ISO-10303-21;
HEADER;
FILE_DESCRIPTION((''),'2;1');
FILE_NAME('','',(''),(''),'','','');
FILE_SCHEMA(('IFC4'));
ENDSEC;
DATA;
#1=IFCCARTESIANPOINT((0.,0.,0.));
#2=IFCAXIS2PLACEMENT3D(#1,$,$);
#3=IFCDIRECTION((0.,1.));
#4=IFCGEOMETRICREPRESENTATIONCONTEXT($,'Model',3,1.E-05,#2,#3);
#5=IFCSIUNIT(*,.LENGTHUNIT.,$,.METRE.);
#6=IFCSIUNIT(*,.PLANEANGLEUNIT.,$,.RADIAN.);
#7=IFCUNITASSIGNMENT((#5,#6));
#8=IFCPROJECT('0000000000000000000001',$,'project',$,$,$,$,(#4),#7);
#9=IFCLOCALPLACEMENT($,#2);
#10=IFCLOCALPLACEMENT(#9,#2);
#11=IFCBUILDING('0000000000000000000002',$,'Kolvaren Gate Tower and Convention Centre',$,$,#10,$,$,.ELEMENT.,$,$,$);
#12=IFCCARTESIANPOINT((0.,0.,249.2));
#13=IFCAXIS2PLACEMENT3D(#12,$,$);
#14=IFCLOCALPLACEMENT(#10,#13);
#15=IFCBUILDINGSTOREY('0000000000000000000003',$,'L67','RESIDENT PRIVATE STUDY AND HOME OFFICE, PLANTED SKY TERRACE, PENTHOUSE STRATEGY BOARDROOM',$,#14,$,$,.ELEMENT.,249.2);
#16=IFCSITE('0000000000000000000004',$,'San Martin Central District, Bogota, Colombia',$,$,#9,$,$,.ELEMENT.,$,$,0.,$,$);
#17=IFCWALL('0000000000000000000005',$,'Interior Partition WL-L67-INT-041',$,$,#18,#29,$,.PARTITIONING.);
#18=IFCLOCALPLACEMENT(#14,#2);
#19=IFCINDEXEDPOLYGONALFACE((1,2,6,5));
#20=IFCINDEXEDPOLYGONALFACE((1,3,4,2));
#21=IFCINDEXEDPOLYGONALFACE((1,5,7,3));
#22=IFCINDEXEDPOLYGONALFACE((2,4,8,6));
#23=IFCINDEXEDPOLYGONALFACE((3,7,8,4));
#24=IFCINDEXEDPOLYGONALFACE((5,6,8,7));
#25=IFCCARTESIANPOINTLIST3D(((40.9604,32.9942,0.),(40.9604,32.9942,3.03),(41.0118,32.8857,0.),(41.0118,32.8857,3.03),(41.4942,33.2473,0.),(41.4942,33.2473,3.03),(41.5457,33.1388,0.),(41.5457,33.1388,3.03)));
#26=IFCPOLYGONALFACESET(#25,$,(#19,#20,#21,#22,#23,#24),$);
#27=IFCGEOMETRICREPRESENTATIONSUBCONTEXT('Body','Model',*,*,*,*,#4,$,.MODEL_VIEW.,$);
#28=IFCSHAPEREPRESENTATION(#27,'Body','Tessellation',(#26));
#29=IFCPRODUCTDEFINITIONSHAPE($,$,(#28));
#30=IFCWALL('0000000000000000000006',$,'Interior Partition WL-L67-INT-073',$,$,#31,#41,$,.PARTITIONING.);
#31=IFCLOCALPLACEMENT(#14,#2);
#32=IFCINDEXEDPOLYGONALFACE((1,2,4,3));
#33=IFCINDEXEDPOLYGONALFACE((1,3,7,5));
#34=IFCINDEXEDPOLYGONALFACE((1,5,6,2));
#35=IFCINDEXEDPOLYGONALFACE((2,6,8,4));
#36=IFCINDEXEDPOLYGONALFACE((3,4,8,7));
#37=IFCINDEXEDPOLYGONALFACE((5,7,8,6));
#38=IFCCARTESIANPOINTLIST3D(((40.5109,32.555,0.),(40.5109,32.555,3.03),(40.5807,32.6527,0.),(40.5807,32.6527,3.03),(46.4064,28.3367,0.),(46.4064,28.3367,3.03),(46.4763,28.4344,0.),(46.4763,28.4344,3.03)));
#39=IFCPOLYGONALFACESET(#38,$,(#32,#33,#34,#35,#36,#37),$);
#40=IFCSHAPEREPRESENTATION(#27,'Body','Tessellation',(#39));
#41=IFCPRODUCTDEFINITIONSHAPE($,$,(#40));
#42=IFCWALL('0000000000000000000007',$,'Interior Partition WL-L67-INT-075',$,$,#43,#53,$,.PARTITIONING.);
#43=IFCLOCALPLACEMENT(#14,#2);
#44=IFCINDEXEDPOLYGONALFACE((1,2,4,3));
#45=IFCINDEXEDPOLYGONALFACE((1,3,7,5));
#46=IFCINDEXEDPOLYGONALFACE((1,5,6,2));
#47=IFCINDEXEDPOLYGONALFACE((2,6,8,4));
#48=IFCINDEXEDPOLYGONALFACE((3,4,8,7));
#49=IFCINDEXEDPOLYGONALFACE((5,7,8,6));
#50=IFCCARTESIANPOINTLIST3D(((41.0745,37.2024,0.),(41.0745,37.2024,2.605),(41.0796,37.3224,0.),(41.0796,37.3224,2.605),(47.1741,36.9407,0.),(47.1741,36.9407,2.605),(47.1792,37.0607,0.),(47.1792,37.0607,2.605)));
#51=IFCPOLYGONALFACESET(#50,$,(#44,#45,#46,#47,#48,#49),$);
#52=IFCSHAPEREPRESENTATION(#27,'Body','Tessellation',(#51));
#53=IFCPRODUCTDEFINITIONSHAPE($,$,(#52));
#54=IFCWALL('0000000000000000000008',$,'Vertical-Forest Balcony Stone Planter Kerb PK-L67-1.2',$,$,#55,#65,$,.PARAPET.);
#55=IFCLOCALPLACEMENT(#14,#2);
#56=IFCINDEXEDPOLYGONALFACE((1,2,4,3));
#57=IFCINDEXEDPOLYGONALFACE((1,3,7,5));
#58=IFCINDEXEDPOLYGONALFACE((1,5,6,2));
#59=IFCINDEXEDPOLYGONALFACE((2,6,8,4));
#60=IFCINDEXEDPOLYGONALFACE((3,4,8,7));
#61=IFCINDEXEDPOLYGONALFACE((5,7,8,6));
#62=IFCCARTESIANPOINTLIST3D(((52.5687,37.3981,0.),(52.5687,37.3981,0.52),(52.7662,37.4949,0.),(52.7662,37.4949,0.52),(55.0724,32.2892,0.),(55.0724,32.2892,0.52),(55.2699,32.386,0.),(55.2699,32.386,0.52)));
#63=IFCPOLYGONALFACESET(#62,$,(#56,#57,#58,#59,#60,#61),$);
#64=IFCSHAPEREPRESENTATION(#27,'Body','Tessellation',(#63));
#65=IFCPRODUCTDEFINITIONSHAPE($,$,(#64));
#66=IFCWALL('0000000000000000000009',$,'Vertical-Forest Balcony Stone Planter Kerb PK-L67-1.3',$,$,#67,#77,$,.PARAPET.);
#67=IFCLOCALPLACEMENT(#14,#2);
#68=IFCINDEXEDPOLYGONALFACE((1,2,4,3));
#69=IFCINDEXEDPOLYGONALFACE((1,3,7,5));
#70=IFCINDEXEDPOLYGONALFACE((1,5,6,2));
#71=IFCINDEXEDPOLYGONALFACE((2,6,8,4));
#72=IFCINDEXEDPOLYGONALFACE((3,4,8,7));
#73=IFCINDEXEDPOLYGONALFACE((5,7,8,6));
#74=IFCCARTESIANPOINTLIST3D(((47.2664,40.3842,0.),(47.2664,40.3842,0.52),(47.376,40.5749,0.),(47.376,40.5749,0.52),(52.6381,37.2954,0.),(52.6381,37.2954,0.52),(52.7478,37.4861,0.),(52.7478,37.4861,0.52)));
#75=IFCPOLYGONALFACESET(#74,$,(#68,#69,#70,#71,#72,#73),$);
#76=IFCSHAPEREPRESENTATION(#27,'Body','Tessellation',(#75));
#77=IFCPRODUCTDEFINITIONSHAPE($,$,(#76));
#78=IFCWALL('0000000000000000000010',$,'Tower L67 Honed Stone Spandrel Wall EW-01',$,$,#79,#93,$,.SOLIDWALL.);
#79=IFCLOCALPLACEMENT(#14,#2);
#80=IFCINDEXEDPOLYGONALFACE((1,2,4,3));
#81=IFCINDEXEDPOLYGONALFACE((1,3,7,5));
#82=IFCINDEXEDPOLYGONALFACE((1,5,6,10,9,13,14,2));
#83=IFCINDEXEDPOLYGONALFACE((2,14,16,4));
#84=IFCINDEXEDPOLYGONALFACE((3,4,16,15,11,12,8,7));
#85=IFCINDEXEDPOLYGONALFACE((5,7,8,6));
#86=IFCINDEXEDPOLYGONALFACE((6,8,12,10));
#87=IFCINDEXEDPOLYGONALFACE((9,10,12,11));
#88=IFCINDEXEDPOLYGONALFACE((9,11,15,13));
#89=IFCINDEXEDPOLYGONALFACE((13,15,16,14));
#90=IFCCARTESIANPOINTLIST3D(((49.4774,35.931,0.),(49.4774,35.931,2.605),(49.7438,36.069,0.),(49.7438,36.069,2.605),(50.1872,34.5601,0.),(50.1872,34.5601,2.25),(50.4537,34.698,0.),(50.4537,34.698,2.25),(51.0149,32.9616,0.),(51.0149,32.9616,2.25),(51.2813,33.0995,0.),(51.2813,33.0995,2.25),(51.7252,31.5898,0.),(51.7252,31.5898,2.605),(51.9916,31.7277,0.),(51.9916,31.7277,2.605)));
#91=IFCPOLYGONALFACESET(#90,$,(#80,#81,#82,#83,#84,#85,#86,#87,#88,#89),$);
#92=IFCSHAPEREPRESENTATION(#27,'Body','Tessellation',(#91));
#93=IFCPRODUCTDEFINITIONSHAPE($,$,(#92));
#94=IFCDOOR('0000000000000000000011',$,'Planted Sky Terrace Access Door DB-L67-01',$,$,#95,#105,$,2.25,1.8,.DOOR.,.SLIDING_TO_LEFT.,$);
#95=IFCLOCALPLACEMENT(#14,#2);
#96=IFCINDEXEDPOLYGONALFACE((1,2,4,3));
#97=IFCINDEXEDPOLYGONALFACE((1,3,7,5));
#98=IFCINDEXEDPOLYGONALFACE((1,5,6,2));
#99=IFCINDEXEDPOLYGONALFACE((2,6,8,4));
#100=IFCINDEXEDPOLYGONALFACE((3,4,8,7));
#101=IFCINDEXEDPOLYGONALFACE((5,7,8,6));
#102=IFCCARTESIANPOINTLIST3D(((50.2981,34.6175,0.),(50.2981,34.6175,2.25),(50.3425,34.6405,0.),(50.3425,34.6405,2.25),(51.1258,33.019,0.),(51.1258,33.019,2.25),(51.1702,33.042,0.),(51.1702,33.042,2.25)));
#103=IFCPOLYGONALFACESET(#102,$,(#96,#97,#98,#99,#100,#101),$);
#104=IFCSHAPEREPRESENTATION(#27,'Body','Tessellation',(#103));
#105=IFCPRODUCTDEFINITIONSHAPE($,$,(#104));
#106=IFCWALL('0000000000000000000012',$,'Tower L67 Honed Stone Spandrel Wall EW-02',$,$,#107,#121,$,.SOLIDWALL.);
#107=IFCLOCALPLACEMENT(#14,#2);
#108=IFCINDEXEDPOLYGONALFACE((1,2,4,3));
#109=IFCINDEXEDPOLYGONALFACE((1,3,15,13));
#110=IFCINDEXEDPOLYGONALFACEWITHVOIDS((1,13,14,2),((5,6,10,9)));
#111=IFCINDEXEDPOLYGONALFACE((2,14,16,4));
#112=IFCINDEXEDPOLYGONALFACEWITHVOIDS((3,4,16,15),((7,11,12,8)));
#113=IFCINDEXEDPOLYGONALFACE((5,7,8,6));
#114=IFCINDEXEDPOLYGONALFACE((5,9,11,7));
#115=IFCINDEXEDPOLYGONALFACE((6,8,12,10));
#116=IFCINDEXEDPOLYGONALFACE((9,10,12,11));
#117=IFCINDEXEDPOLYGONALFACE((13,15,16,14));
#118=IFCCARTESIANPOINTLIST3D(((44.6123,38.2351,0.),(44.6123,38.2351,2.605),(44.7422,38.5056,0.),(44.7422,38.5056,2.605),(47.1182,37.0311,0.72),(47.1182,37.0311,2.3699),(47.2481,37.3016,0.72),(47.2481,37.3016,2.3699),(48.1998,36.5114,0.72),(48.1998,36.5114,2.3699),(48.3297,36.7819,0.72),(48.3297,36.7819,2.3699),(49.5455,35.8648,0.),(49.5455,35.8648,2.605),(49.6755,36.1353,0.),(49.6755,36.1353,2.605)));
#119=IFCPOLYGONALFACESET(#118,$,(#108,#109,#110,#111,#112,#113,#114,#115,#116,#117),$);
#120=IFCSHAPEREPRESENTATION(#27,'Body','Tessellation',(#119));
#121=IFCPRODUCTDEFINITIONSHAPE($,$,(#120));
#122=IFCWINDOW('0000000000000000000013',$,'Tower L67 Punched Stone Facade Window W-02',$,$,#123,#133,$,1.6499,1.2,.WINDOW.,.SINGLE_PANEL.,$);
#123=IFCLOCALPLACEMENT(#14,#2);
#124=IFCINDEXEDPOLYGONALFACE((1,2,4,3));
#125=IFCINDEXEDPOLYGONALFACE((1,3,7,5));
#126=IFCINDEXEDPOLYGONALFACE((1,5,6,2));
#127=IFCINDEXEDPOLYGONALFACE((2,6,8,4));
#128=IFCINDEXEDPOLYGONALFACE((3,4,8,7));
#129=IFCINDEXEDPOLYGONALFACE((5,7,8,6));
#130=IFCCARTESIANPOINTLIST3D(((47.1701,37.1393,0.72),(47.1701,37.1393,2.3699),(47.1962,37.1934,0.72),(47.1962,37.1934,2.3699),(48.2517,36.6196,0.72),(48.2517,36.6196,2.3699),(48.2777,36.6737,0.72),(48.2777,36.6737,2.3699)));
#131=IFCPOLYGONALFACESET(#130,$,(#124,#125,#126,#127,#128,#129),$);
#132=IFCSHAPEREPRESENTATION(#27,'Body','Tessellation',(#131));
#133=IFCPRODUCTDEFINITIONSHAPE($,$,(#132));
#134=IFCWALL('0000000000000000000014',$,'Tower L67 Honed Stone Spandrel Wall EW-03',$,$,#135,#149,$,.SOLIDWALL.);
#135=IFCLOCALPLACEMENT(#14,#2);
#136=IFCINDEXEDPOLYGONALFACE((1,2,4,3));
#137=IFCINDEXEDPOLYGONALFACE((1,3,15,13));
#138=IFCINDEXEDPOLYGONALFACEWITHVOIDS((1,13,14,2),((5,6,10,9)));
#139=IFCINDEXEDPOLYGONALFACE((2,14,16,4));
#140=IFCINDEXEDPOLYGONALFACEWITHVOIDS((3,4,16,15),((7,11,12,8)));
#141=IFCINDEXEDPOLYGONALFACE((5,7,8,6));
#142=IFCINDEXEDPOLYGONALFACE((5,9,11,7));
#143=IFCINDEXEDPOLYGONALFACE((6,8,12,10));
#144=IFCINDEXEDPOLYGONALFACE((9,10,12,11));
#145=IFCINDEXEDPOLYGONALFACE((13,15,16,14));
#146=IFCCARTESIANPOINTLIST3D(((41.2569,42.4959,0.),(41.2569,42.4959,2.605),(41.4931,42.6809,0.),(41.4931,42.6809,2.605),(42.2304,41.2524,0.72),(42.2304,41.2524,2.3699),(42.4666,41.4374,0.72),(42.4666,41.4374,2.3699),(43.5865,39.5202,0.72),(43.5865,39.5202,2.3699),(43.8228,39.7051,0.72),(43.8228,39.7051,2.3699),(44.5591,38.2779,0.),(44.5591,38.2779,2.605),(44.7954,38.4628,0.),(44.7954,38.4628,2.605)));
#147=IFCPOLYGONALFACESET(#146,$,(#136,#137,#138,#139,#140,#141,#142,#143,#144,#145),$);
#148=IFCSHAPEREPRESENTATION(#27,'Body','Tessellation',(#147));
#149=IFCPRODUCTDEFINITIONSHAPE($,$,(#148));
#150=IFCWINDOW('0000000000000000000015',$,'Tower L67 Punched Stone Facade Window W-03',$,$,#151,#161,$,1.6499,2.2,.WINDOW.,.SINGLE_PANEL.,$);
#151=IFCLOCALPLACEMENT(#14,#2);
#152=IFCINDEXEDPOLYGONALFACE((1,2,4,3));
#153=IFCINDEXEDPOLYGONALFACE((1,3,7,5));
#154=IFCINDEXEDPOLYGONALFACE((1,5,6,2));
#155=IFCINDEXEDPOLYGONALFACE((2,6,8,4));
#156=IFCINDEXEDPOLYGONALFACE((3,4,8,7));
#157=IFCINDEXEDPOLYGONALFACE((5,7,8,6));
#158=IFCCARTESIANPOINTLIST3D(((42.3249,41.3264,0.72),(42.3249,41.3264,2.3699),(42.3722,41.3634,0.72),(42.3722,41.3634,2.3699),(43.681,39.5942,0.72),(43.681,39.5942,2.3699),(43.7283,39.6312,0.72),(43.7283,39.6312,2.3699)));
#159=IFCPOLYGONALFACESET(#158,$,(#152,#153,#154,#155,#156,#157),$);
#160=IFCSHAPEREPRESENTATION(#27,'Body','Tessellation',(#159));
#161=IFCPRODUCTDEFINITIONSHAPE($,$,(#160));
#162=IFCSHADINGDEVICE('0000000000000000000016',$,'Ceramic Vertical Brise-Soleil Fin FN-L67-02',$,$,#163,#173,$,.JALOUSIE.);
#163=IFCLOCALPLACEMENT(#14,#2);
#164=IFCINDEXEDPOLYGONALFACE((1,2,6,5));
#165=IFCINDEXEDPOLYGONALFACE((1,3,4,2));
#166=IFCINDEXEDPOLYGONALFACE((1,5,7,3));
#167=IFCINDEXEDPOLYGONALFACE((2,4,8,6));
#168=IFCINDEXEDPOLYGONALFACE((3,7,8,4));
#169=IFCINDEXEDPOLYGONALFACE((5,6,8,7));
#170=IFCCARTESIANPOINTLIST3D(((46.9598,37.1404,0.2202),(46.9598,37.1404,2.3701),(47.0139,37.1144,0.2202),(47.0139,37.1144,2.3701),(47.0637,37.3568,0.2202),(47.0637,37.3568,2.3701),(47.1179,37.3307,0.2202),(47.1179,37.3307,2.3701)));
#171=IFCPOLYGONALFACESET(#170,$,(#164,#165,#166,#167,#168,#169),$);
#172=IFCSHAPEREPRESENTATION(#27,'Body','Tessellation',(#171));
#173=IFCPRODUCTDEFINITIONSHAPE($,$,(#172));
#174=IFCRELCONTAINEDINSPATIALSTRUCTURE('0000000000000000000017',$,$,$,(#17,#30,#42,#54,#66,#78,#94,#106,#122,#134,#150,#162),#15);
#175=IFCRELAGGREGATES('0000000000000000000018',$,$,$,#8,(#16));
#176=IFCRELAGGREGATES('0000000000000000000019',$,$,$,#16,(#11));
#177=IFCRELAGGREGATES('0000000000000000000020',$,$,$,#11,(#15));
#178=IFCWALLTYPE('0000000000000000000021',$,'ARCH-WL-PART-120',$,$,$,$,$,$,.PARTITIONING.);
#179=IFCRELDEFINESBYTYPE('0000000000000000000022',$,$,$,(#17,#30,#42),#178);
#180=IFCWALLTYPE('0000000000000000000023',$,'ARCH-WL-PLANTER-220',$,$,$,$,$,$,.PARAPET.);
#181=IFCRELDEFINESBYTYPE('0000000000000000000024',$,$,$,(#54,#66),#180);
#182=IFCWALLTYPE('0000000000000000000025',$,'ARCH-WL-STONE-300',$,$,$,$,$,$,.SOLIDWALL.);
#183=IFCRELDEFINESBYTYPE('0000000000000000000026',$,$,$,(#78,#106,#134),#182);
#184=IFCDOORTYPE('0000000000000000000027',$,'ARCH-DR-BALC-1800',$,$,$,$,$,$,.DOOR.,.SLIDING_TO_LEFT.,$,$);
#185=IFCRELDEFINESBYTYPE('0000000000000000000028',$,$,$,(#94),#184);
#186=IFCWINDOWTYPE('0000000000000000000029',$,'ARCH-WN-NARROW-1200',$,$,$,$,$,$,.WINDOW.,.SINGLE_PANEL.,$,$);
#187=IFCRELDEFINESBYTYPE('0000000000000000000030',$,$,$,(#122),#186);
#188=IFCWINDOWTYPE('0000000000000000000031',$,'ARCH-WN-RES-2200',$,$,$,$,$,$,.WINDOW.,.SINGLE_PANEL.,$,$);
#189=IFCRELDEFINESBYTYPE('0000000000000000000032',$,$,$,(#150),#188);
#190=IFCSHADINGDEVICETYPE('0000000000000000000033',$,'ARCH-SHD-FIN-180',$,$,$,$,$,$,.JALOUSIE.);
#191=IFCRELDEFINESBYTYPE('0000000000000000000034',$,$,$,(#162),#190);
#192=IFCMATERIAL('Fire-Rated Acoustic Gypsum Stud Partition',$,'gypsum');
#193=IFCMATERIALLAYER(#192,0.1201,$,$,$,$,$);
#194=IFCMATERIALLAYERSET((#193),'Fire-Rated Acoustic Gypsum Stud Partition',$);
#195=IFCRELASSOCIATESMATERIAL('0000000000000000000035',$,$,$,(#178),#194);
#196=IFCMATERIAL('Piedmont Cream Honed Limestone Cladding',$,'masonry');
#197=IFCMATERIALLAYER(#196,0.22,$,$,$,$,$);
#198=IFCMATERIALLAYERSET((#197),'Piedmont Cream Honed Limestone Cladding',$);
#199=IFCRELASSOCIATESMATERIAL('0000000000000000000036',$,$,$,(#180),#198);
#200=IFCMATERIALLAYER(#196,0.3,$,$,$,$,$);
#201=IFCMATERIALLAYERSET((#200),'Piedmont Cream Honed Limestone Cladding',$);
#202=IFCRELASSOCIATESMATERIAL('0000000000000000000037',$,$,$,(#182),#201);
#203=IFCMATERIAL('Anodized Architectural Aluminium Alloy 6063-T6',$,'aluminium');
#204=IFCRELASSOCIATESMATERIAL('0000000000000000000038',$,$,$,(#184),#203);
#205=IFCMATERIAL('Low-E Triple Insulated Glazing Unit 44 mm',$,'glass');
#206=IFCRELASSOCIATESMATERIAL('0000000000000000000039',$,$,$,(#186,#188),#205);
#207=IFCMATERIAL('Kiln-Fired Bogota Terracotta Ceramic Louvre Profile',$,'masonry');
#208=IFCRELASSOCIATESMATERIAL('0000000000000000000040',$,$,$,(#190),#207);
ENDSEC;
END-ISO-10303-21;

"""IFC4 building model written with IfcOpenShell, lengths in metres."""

from ifc_helpers import new_model, si_unit, direction, frame, frame_2d, origin, origin_2d, place, context, subcontext, project, spatial, rectangle, extrude, material, layer, layer_set, type_object, element, fill, save


model = new_model("IFC4")

# Units and contexts
model_context = context("Model", 3, precision=1e-05, world=origin(), true_north=direction((0.0, 1.0)))
body_context = subcontext(model_context, "Body", "Model", "MODEL_VIEW")
ifc_project = project(units=[si_unit("LENGTHUNIT", "METRE"), si_unit("PLANEANGLEUNIT", "RADIAN")], contexts=[model_context])

# Site, building, storey
site_placement = place(None, origin())
site = spatial("IfcSite", under=ifc_project, at=site_placement, Name="San Martin Central District, Bogota, Colombia", CompositionType="ELEMENT", RefElevation=0.0)
building_placement = place(site_placement, origin())
building = spatial("IfcBuilding", under=site, at=building_placement, Name="Kolvaren Gate Tower and Convention Centre", CompositionType="ELEMENT")
storey_placement = place(building_placement, frame((0.0, 0.0, 249.2)))
storey = spatial("IfcBuildingStorey", under=building, at=storey_placement, Name="L67", Description="RESIDENT PRIVATE STUDY AND HOME OFFICE, PLANTED SKY TERRACE, PENTHOUSE STRATEGY BOARDROOM", CompositionType="ELEMENT", Elevation=249.2)

# Shared definitions
ifc_material_1 = material(Name="Fire-Rated Acoustic Gypsum Stud Partition", Category="gypsum")
ifc_layer_1 = layer(ifc_material_1, 0.1201)
ifc_layer_set_1 = layer_set([ifc_layer_1], Name="Fire-Rated Acoustic Gypsum Stud Partition")
wall_type_1 = type_object("IfcWallType", Name="ARCH-WL-PART-120", PredefinedType="PARTITIONING", material=ifc_layer_set_1)

# Walls
wall_1_placement = place(storey_placement, frame((40.9861, 32.9399, 0.0), z_axis=(0.0, 0.0, 1.0), x_axis=(0.90357, 0.428442, 0.0)))
element("IfcWall", 1, at=wall_1_placement, inside=storey, type_object=wall_type_1, Name="Interior Partition WL-L67-INT-041", PredefinedType="PARTITIONING", context=body_context, shape_type="SweptSolid", body=[
    extrude(rectangle(XDim=0.5908, YDim=0.1201, at=frame_2d((0.2954, 0.0))), origin(), (0.0, 0.0, 1.0), 3.03),
])
wall_2_placement = place(storey_placement, frame((40.5459, 32.6038, 0.0), z_axis=(0.0, 0.0, 1.0), x_axis=(0.813264, -0.581894, 0.0)))
element("IfcWall", 2, at=wall_2_placement, inside=storey, type_object=wall_type_1, Name="Interior Partition WL-L67-INT-073", PredefinedType="PARTITIONING", context=body_context, shape_type="SweptSolid", body=[
    extrude(rectangle(XDim=7.2493, YDim=0.1201, at=frame_2d((3.6245, 0.0))), origin(), (0.0, 0.0, 1.0), 3.03),
])
wall_3_placement = place(storey_placement, frame((41.0769, 37.2625, 0.0), z_axis=(0.0, 0.0, 1.0), x_axis=(0.999081, -0.042868, 0.0)))
element("IfcWall", 3, at=wall_3_placement, inside=storey, type_object=wall_type_1, Name="Interior Partition WL-L67-INT-075", PredefinedType="PARTITIONING", context=body_context, shape_type="SweptSolid", body=[
    extrude(rectangle(XDim=6.1052, YDim=0.1201, at=frame_2d((3.0527, 0.0))), origin(), (0.0, 0.0, 1.0), 2.605),
])
ifc_material_2 = material(Name="Piedmont Cream Honed Limestone Cladding", Category="masonry")
ifc_layer_2 = layer(ifc_material_2, 0.22)
ifc_layer_set_2 = layer_set([ifc_layer_2], Name="Piedmont Cream Honed Limestone Cladding")
wall_type_2 = type_object("IfcWallType", Name="ARCH-WL-PLANTER-220", PredefinedType="PARAPET", material=ifc_layer_set_2)
wall_4_placement = place(storey_placement, frame((52.6675, 37.4465, 0.0), z_axis=(0.0, 0.0, 1.0), x_axis=(0.440059, -0.897969, 0.0)))
element("IfcWall", 4, at=wall_4_placement, inside=storey, type_object=wall_type_2, Name="Vertical-Forest Balcony Stone Planter Kerb PK-L67-1.2", PredefinedType="PARAPET", context=body_context, shape_type="SweptSolid", body=[
    extrude(rectangle(XDim=5.6895, YDim=0.22, at=frame_2d((2.8447, 0.0))), origin(), (0.0, 0.0, 1.0), 0.52),
])
wall_5_placement = place(storey_placement, frame((47.3213, 40.4795, 0.0), z_axis=(0.0, 0.0, 1.0), x_axis=(0.866902, -0.498479, 0.0)))
element("IfcWall", 5, at=wall_5_placement, inside=storey, type_object=wall_type_2, Name="Vertical-Forest Balcony Stone Planter Kerb PK-L67-1.3", PredefinedType="PARAPET", context=body_context, shape_type="SweptSolid", body=[
    extrude(rectangle(XDim=6.1965, YDim=0.22, at=frame_2d((3.0981, 0.0))), origin(), (0.0, 0.0, 1.0), 0.52),
])

# Wall, opening, door
ifc_layer_3 = layer(ifc_material_2, 0.3)
ifc_layer_set_3 = layer_set([ifc_layer_3], Name="Piedmont Cream Honed Limestone Cladding")
wall_type_3 = type_object("IfcWallType", Name="ARCH-WL-STONE-300", PredefinedType="SOLIDWALL", material=ifc_layer_set_3)
wall_6_placement = place(storey_placement, frame((49.6106, 36.0, 0.0), z_axis=(0.0, 0.0, 1.0), x_axis=(0.459794, -0.888026, 0.0)))
wall_6 = element("IfcWall", 6, at=wall_6_placement, inside=storey, type_object=wall_type_3, Name="Tower L67 Honed Stone Spandrel Wall EW-01", PredefinedType="SOLIDWALL", context=body_context, shape_type="SweptSolid", body=[
    extrude(rectangle(XDim=4.8887, YDim=0.3, at=frame_2d((2.4443, 0.0))), origin(), (0.0, 0.0, 1.0), 2.605),
])
opening_1_placement = place(wall_6_placement, frame((1.5439, 0.0, 0.0)))
opening_1 = element("IfcOpeningElement", 7, at=opening_1_placement, cuts=wall_6, PredefinedType="OPENING", context=body_context, shape_type="SweptSolid", body=[
    extrude(rectangle(XDim=1.8, YDim=2.25, at=frame_2d((0.8999, 1.125))), frame((0.0, 0.1599, 0.0), z_axis=(0.0, -1.0, 0.0), x_axis=(1.0, 0.0, 0.0)), (0.0, 0.0, 1.0), 0.3201),
])
ifc_material_3 = material(Name="Anodized Architectural Aluminium Alloy 6063-T6", Category="aluminium")
door_type_1 = type_object("IfcDoorType", Name="ARCH-DR-BALC-1800", OperationType="SLIDING_TO_LEFT", PredefinedType="DOOR", material=ifc_material_3)
door_1_placement = place(opening_1_placement, origin())
door_1 = element("IfcDoor", 8, at=door_1_placement, inside=storey, type_object=door_type_1, Name="Planted Sky Terrace Access Door DB-L67-01", OperationType="SLIDING_TO_LEFT", OverallHeight=2.25, OverallWidth=1.8, PredefinedType="DOOR", context=body_context, shape_type="SweptSolid", body=[
    extrude(rectangle(XDim=1.8, YDim=2.25, at=frame_2d((0.8999, 1.125))), frame((0.0, 0.0249, 0.0), z_axis=(0.0, -1.0, 0.0), x_axis=(1.0, 0.0, 0.0)), (0.0, 0.0, 1.0), 0.05),
])
fill(opening_1, door_1)

# Walls, openings, windows
wall_7_placement = place(storey_placement, frame((44.6772, 38.3704, 0.0), z_axis=(0.0, 0.0, 1.0), x_axis=(0.901355, -0.433081, 0.0)))
wall_7 = element("IfcWall", 9, at=wall_7_placement, inside=storey, type_object=wall_type_3, Name="Tower L67 Honed Stone Spandrel Wall EW-02", PredefinedType="SOLIDWALL", context=body_context, shape_type="SweptSolid", body=[
    extrude(rectangle(XDim=5.4731, YDim=0.3, at=frame_2d((2.7366, 0.0))), origin(), (0.0, 0.0, 1.0), 2.605),
])
opening_2_placement = place(wall_7_placement, frame((2.78, 0.0, 0.72)))
opening_2 = element("IfcOpeningElement", 10, at=opening_2_placement, cuts=wall_7, PredefinedType="OPENING", context=body_context, shape_type="SweptSolid", body=[
    extrude(rectangle(XDim=1.2, YDim=1.6499, at=frame_2d((0.6001, 0.825))), frame((0.0, 0.1599, 0.0), z_axis=(0.0, -1.0, 0.0), x_axis=(1.0, 0.0, 0.0)), (0.0, 0.0, 1.0), 0.3201),
])
ifc_material_4 = material(Name="Low-E Triple Insulated Glazing Unit 44 mm", Category="glass")
window_type_1 = type_object("IfcWindowType", Name="ARCH-WN-NARROW-1200", PartitioningType="SINGLE_PANEL", PredefinedType="WINDOW", material=ifc_material_4)
window_1_placement = place(opening_2_placement, origin())
window_1 = element("IfcWindow", 11, at=window_1_placement, inside=storey, type_object=window_type_1, Name="Tower L67 Punched Stone Facade Window W-02", OverallHeight=1.6499, OverallWidth=1.2, PartitioningType="SINGLE_PANEL", PredefinedType="WINDOW", context=body_context, shape_type="SweptSolid", body=[
    extrude(rectangle(XDim=1.2, YDim=1.6499, at=frame_2d((0.6001, 0.825))), frame((0.0, 0.03, 0.0), z_axis=(0.0, -1.0, 0.0), x_axis=(1.0, 0.0, 0.0)), (0.0, 0.0, 1.0), 0.0601),
])
fill(opening_2, window_1)
wall_8_placement = place(storey_placement, frame((41.375, 42.5884, 0.0), z_axis=(0.0, 0.0, 1.0), x_axis=(0.616446, -0.787397, 0.0)))
wall_8 = element("IfcWall", 12, at=wall_8_placement, inside=storey, type_object=wall_type_3, Name="Tower L67 Honed Stone Spandrel Wall EW-03", PredefinedType="SOLIDWALL", context=body_context, shape_type="SweptSolid", body=[
    extrude(rectangle(XDim=5.3569, YDim=0.3, at=frame_2d((2.6785, 0.0))), origin(), (0.0, 0.0, 1.0), 2.605),
])
opening_3_placement = place(wall_8_placement, frame((1.5791, 0.0, 0.72)))
opening_3 = element("IfcOpeningElement", 13, at=opening_3_placement, cuts=wall_8, PredefinedType="OPENING", context=body_context, shape_type="SweptSolid", body=[
    extrude(rectangle(XDim=2.2, YDim=1.6499, at=frame_2d((1.1001, 0.825))), frame((0.0, 0.1599, 0.0), z_axis=(0.0, -1.0, 0.0), x_axis=(1.0, 0.0, 0.0)), (0.0, 0.0, 1.0), 0.3201),
])
window_type_2 = type_object("IfcWindowType", Name="ARCH-WN-RES-2200", PartitioningType="SINGLE_PANEL", PredefinedType="WINDOW", material=ifc_material_4)
window_2_placement = place(opening_3_placement, origin())
window_2 = element("IfcWindow", 14, at=window_2_placement, inside=storey, type_object=window_type_2, Name="Tower L67 Punched Stone Facade Window W-03", OverallHeight=1.6499, OverallWidth=2.2, PartitioningType="SINGLE_PANEL", PredefinedType="WINDOW", context=body_context, shape_type="SweptSolid", body=[
    extrude(rectangle(XDim=2.2, YDim=1.6499, at=frame_2d((1.1001, 0.825))), frame((0.0, 0.03, 0.0), z_axis=(0.0, -1.0, 0.0), x_axis=(1.0, 0.0, 0.0)), (0.0, 0.0, 1.0), 0.0601),
])
fill(opening_3, window_2)

# Shading device
ifc_material_5 = material(Name="Kiln-Fired Bogota Terracotta Ceramic Louvre Profile", Category="masonry")
shading_device_type = type_object("IfcShadingDeviceType", Name="ARCH-SHD-FIN-180", PredefinedType="JALOUSIE", material=ifc_material_5)
shading_device_placement = place(storey_placement, frame((47.0388, 37.2356, 0.2202), z_axis=(0.0, 0.0, 1.0), x_axis=(0.901358, -0.433076, 0.0)))
element("IfcShadingDevice", 15, at=shading_device_placement, inside=storey, type_object=shading_device_type, Name="Ceramic Vertical Brise-Soleil Fin FN-L67-02", PredefinedType="JALOUSIE", context=body_context, shape_type="SweptSolid", body=[
    extrude(rectangle(XDim=0.0601, YDim=0.24, at=origin_2d()), origin(), (0.0, 0.0, 1.0), 2.1499),
])

save(model, "model.ifc")
